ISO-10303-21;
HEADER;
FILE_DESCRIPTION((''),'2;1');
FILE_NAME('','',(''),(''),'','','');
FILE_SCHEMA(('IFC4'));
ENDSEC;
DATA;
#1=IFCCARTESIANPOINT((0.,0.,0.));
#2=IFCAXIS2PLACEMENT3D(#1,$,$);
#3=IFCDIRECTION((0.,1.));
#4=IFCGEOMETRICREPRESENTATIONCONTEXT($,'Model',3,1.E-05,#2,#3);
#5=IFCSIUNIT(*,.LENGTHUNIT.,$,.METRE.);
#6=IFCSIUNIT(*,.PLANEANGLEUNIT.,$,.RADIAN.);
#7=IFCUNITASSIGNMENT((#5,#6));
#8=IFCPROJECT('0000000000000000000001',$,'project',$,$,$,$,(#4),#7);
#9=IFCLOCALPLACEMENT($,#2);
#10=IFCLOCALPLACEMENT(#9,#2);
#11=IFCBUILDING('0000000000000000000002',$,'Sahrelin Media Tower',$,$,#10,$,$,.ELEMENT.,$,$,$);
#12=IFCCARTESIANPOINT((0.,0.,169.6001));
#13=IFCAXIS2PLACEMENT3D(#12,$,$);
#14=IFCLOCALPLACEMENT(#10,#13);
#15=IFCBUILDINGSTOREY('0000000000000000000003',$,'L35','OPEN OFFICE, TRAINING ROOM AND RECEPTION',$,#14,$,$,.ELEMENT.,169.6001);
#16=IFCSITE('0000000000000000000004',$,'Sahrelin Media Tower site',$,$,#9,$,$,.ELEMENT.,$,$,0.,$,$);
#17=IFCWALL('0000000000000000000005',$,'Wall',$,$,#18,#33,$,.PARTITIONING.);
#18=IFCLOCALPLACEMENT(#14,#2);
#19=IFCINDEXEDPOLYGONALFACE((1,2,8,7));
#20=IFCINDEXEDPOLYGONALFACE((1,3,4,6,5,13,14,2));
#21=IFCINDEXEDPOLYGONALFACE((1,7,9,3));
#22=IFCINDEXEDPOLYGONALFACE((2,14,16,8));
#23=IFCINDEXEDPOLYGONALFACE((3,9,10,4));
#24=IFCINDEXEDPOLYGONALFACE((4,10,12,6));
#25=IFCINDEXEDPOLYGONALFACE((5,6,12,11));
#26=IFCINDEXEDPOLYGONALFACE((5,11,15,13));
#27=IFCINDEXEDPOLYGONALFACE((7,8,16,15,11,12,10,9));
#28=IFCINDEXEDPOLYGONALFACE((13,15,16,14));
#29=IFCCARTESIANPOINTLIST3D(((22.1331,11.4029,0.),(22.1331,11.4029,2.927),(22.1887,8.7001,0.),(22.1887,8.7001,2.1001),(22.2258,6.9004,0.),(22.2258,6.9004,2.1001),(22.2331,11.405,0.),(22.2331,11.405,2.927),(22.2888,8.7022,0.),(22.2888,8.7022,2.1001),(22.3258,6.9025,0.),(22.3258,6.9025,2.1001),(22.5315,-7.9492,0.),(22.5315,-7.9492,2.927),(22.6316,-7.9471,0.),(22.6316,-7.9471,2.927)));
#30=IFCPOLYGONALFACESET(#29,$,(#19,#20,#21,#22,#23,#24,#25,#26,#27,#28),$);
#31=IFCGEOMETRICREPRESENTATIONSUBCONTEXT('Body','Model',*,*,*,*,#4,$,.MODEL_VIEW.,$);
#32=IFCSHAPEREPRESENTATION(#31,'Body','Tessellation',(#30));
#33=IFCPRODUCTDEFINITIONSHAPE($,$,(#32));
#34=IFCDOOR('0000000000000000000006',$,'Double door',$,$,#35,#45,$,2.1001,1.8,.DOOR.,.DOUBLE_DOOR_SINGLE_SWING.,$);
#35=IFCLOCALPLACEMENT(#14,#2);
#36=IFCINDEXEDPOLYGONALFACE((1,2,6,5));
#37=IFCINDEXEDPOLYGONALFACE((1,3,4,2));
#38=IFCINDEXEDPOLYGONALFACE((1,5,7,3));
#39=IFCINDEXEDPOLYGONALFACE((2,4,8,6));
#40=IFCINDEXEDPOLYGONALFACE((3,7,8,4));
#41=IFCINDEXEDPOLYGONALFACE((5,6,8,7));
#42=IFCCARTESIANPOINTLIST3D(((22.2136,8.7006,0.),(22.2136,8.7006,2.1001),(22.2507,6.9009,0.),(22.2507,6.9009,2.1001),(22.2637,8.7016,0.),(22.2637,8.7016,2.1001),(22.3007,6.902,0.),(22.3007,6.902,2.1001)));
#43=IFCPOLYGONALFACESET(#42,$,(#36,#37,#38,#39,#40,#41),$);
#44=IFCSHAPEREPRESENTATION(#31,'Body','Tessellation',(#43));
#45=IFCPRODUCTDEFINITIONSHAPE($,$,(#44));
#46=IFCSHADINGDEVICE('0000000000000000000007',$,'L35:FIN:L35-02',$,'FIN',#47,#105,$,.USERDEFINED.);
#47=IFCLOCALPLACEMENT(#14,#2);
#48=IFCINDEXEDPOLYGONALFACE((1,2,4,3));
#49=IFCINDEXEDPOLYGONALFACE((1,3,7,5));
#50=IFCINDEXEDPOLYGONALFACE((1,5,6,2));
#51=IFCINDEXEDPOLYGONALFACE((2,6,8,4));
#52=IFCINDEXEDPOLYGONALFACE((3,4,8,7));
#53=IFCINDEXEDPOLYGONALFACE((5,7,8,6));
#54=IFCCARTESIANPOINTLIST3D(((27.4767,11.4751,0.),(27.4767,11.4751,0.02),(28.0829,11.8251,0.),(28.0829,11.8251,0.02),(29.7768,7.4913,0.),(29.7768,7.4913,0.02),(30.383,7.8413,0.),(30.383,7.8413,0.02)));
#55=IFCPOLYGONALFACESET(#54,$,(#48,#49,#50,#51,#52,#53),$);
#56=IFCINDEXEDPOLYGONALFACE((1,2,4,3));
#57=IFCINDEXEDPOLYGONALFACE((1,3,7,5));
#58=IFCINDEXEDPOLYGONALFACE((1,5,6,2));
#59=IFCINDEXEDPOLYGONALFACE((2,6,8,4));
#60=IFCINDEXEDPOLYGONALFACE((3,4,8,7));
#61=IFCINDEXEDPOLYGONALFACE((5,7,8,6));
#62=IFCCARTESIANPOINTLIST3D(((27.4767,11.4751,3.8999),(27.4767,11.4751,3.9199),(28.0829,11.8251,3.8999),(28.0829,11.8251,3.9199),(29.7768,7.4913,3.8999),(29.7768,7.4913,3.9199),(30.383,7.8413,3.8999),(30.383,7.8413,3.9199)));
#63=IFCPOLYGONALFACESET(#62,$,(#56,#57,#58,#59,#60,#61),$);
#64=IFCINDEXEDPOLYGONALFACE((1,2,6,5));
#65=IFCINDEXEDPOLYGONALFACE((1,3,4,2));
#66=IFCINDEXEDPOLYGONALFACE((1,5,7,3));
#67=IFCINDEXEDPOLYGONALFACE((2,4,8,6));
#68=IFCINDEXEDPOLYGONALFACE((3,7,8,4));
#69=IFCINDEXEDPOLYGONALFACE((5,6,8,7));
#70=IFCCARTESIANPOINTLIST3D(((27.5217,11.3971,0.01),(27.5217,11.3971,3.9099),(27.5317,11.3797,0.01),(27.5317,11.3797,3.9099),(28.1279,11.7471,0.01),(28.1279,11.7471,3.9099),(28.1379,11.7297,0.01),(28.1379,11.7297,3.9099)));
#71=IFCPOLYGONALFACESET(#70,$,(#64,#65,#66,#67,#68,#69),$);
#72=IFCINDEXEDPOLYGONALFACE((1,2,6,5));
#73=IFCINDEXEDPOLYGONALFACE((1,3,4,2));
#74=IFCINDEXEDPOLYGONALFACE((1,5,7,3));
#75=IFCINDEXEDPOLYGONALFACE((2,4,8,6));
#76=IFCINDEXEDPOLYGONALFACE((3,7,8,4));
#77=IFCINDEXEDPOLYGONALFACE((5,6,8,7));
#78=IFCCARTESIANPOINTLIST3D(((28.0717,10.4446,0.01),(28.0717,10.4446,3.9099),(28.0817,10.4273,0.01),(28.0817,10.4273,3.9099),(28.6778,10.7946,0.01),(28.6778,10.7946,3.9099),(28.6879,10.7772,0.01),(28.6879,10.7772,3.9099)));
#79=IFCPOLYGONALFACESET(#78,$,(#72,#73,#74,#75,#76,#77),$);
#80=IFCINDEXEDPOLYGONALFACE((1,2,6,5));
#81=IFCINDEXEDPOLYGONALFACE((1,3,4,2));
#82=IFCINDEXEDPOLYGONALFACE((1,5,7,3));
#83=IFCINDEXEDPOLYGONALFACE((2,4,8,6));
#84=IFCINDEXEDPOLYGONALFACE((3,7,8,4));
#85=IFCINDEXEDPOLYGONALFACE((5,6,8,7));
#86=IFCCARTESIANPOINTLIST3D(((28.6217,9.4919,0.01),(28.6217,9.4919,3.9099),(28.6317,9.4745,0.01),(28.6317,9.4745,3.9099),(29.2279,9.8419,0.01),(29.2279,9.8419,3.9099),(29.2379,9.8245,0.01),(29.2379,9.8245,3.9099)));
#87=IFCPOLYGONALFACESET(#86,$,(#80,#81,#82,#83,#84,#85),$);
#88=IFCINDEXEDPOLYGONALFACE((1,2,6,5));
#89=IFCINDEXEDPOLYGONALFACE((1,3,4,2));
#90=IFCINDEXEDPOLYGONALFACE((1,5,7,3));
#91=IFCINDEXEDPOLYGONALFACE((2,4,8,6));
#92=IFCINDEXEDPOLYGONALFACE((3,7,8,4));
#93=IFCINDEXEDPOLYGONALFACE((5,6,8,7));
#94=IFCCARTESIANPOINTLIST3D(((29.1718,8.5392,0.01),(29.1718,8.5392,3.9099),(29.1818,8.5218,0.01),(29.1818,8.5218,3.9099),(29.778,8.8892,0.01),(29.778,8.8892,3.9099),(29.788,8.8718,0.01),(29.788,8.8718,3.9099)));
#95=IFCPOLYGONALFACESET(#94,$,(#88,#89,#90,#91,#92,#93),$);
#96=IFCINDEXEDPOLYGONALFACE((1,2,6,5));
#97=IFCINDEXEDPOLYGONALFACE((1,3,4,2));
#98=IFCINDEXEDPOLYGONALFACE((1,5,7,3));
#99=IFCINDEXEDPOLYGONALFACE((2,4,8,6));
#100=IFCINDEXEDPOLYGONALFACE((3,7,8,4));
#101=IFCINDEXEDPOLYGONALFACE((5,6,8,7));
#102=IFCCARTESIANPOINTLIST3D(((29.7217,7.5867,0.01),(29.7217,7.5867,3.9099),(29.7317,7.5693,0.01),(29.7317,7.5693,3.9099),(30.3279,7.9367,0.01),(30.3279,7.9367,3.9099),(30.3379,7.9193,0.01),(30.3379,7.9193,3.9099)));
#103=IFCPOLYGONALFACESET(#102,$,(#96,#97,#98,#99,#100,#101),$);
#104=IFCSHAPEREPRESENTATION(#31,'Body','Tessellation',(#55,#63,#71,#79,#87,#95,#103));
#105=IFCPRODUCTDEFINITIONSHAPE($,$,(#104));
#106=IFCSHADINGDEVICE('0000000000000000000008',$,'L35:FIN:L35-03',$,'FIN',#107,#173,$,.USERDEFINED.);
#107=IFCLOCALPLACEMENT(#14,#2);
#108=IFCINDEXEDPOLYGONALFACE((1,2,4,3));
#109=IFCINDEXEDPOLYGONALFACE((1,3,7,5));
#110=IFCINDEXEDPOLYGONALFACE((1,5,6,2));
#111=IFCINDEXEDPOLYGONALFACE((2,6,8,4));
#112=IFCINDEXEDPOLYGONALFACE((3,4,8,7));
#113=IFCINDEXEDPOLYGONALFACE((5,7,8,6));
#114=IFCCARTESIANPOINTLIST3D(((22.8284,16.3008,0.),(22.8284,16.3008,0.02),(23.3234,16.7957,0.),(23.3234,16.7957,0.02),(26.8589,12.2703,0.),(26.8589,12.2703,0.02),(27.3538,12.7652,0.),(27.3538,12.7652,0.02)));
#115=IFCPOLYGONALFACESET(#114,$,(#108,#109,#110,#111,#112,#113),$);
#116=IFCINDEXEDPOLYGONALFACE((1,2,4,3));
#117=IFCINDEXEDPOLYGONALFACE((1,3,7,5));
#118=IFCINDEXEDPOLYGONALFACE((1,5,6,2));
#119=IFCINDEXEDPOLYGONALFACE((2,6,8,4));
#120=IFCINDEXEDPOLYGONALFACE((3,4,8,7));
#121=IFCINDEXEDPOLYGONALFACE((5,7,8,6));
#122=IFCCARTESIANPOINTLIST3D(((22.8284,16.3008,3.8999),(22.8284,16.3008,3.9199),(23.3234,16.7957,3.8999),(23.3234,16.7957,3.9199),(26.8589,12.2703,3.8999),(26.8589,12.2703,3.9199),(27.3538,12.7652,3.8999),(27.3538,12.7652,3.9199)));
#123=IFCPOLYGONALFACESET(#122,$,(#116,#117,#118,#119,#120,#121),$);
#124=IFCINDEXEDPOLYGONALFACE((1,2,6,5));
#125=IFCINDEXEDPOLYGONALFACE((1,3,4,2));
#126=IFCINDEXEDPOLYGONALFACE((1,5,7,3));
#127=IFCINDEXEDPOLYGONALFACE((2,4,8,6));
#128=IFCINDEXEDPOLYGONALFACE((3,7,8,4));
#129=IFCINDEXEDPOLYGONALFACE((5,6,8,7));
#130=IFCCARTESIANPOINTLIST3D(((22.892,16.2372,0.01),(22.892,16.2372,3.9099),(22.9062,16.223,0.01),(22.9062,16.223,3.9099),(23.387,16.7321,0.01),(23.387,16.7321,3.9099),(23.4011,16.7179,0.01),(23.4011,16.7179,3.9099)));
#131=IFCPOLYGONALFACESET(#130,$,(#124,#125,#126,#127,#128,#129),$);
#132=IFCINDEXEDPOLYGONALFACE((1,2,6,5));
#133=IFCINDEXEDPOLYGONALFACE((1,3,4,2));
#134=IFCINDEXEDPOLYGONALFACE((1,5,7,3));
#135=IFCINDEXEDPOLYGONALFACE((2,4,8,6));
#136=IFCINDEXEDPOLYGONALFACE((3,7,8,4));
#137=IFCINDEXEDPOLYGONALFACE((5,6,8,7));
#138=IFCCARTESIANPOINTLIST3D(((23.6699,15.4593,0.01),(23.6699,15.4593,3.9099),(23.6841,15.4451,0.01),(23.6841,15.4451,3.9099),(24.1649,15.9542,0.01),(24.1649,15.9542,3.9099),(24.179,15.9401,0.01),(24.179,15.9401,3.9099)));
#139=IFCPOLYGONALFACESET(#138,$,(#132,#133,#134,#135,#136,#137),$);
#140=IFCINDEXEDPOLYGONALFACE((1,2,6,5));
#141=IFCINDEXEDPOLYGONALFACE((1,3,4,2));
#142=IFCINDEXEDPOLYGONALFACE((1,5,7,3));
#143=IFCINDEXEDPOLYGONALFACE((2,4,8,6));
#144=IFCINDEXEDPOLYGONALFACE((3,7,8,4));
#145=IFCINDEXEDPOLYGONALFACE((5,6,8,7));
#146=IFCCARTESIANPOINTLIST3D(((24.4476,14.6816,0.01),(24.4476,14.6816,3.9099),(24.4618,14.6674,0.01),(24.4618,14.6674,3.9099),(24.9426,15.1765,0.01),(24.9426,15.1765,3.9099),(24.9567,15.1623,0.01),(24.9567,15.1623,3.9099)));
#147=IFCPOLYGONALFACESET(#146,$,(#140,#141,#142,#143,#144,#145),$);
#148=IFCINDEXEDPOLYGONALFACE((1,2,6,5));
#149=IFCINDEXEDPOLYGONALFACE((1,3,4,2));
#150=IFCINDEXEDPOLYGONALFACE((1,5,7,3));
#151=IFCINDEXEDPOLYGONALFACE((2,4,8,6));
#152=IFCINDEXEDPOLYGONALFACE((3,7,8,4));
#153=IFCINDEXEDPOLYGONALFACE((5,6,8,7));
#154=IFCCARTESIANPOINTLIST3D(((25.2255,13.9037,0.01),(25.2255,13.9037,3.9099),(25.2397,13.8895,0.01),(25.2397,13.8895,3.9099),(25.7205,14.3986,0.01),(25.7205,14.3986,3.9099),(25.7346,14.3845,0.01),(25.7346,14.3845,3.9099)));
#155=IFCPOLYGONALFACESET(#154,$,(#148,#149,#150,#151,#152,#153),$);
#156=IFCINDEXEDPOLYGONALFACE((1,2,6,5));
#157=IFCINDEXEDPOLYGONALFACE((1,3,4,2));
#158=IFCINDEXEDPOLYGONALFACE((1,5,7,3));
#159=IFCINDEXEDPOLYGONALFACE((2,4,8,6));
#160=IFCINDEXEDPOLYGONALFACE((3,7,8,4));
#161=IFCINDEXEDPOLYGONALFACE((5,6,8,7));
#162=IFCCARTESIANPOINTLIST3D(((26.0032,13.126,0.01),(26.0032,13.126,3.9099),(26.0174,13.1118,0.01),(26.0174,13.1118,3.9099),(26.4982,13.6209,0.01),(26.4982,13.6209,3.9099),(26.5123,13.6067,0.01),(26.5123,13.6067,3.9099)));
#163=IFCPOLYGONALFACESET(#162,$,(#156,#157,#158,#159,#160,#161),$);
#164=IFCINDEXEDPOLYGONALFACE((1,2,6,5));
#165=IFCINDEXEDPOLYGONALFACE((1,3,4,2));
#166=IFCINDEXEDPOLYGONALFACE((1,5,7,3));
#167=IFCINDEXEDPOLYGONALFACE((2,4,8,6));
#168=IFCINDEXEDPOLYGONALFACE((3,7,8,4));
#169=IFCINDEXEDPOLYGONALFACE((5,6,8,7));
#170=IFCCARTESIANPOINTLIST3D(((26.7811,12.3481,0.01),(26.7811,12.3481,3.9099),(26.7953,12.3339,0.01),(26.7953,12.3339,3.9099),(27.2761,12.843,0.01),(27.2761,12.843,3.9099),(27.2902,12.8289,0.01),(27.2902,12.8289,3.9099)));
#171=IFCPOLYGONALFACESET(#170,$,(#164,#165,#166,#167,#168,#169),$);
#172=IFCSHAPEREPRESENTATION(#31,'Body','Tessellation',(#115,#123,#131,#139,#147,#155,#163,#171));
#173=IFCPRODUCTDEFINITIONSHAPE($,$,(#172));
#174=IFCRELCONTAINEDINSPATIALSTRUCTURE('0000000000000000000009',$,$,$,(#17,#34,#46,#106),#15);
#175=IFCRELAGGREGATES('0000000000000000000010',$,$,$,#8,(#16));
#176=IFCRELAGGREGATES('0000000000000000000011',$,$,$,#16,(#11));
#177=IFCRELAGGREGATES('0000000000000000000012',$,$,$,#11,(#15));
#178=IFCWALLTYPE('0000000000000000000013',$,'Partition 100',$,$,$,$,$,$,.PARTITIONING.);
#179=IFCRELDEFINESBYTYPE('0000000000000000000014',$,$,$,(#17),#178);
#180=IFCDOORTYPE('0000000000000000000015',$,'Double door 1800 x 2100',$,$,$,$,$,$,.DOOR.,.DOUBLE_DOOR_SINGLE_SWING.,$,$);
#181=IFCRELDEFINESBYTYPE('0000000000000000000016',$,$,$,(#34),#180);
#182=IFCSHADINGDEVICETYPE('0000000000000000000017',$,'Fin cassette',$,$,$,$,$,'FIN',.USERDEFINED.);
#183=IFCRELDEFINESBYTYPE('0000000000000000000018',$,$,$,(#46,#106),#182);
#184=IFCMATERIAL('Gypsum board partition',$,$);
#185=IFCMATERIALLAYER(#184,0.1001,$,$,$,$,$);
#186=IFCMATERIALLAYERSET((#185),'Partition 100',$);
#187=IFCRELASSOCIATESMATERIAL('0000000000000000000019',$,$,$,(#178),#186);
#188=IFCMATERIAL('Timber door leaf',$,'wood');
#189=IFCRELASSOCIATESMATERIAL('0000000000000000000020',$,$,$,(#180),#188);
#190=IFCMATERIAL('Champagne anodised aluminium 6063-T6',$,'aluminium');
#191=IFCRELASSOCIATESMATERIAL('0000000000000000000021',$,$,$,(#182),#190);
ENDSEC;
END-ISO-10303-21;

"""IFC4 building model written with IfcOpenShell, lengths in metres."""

from ifc_helpers import new_model, si_unit, direction, frame, frame_2d, origin, origin_2d, place, context, subcontext, project, spatial, rectangle, extrude, material, layer, layer_set, type_object, element, fill, save


model = new_model("IFC4")

# Units and contexts
model_context = context("Model", 3, precision=1e-05, world=origin(), true_north=direction((0.0, 1.0)))
body_context = subcontext(model_context, "Body", "Model", "MODEL_VIEW")
ifc_project = project(units=[si_unit("LENGTHUNIT", "METRE"), si_unit("PLANEANGLEUNIT", "RADIAN")], contexts=[model_context])

# Site, building, storey
site_placement = place(None, origin())
site = spatial("IfcSite", under=ifc_project, at=site_placement, Name="Sahrelin Media Tower site", CompositionType="ELEMENT", RefElevation=0.0)
building_placement = place(site_placement, origin())
building = spatial("IfcBuilding", under=site, at=building_placement, Name="Sahrelin Media Tower", CompositionType="ELEMENT")
storey_placement = place(building_placement, frame((0.0, 0.0, 169.6001)))
storey = spatial("IfcBuildingStorey", under=building, at=storey_placement, Name="L35", Description="OPEN OFFICE, TRAINING ROOM AND RECEPTION", CompositionType="ELEMENT", Elevation=169.6001)

# Shared definitions
ifc_material_1 = material(Name="Champagne anodised aluminium 6063-T6", Category="aluminium")

# Wall, opening, door
ifc_material_2 = material(Name="Gypsum board partition")
ifc_layer_1 = layer(ifc_material_2, 0.1001)
ifc_layer_set_1 = layer_set([ifc_layer_1], Name="Partition 100")
wall_type_1 = type_object("IfcWallType", Name="Partition 100", PredefinedType="PARTITIONING", material=ifc_layer_set_1)
wall_1_placement = place(storey_placement, frame((22.1831, 11.4041, 0.0), z_axis=(0.0, 0.0, 1.0), x_axis=(0.020585, -0.999788, 0.0)))
wall_1 = element("IfcWall", 1, at=wall_1_placement, inside=storey, type_object=wall_type_1, Name="Wall", PredefinedType="PARTITIONING", context=body_context, shape_type="SweptSolid", body=[
    extrude(rectangle(XDim=19.3562, YDim=0.1001, at=frame_2d((9.6782, 0.0))), origin(), (0.0, 0.0, 1.0), 2.927),
])
opening_1_placement = place(wall_1_placement, frame((2.7036, 0.0, 0.0)))
opening_1 = element("IfcOpeningElement", 2, at=opening_1_placement, cuts=wall_1, PredefinedType="OPENING", context=body_context, shape_type="SweptSolid", body=[
    extrude(rectangle(XDim=1.8, YDim=2.1001, at=frame_2d((0.8999, 1.05))), frame((0.0, 0.05, 0.0), z_axis=(0.0, -1.0, 0.0), x_axis=(1.0, 0.0, 0.0)), (0.0, 0.0, 1.0), 0.1001),
])
ifc_material_3 = material(Name="Timber door leaf", Category="wood")
door_type_1 = type_object("IfcDoorType", Name="Double door 1800 x 2100", OperationType="DOUBLE_DOOR_SINGLE_SWING", PredefinedType="DOOR", material=ifc_material_3)
door_1_placement = place(opening_1_placement, origin())
door_1 = element("IfcDoor", 3, at=door_1_placement, inside=storey, type_object=door_type_1, Name="Double door", OperationType="DOUBLE_DOOR_SINGLE_SWING", OverallHeight=2.1001, OverallWidth=1.8, PredefinedType="DOOR", context=body_context, shape_type="SweptSolid", body=[
    extrude(rectangle(XDim=1.8, YDim=2.1001, at=frame_2d((0.8999, 1.05))), frame((0.0, 0.0249, 0.0), z_axis=(0.0, -1.0, 0.0), x_axis=(1.0, 0.0, 0.0)), (0.0, 0.0, 1.0), 0.05),
])
fill(opening_1, door_1)

# Shading devices
shading_device_type_1 = type_object("IfcShadingDeviceType", Name="Fin cassette", ElementType="FIN", PredefinedType="USERDEFINED", material=ifc_material_1)
shading_device_1_placement = place(storey_placement, frame((28.5662, 9.4482, 0.0), z_axis=(0.0, 0.0, 1.0), x_axis=(0.500011, -0.866019, 0.0)))
element("IfcShadingDevice", 4, at=shading_device_1_placement, inside=storey, type_object=shading_device_type_1, Name="L35:FIN:L35-02", ObjectType="FIN", PredefinedType="USERDEFINED", context=body_context, shape_type="SweptSolid", body=[
    extrude(rectangle(XDim=4.6001, YDim=0.7, at=origin_2d()), frame((0.0, 0.4199, 0.0)), (0.0, 0.0, 1.0), 0.02),
    extrude(rectangle(XDim=4.6001, YDim=0.7, at=origin_2d()), frame((0.0, 0.4199, 3.8999)), (0.0, 0.0, 1.0), 0.02),
    extrude(rectangle(XDim=0.02, YDim=0.7, at=origin_2d()), frame((-2.2, 0.4199, 0.01), z_axis=(0.0, 0.0, 1.0), x_axis=(1.0, 0.0, 0.0)), (0.0, 0.0, 1.0), 3.8999),
    extrude(rectangle(XDim=0.02, YDim=0.7, at=origin_2d()), frame((-1.1001, 0.4199, 0.01), z_axis=(0.0, 0.0, 1.0), x_axis=(1.0, 0.0, 0.0)), (0.0, 0.0, 1.0), 3.8999),
    extrude(rectangle(XDim=0.02, YDim=0.7, at=origin_2d()), frame((0.0, 0.4199, 0.01), z_axis=(0.0, 0.0, 1.0), x_axis=(1.0, 0.0, 0.0)), (0.0, 0.0, 1.0), 3.8999),
    extrude(rectangle(XDim=0.02, YDim=0.7, at=origin_2d()), frame((1.1001, 0.4199, 0.01), z_axis=(0.0, 0.0, 1.0), x_axis=(1.0, 0.0, 0.0)), (0.0, 0.0, 1.0), 3.8999),
    extrude(rectangle(XDim=0.02, YDim=0.7, at=origin_2d()), frame((2.2, 0.4199, 0.01), z_axis=(0.0, 0.0, 1.0), x_axis=(1.0, 0.0, 0.0)), (0.0, 0.0, 1.0), 3.8999),
])
placement_1 = place(storey_placement, frame((24.7942, 14.2361, 0.0), z_axis=(0.0, 0.0, 1.0), x_axis=(0.707107, -0.707107, 0.0)))
element("IfcShadingDevice", 5, at=placement_1, inside=storey, type_object=shading_device_type_1, Name="L35:FIN:L35-03", ObjectType="FIN", PredefinedType="USERDEFINED", context=body_context, shape_type="SweptSolid", body=[
    extrude(rectangle(XDim=5.7, YDim=0.7, at=origin_2d()), frame((0.0, 0.4199, 0.0)), (0.0, 0.0, 1.0), 0.02),
    extrude(rectangle(XDim=5.7, YDim=0.7, at=origin_2d()), frame((0.0, 0.4199, 3.8999)), (0.0, 0.0, 1.0), 0.02),
    extrude(rectangle(XDim=0.02, YDim=0.7, at=origin_2d()), frame((-2.75, 0.4199, 0.01), z_axis=(0.0, 0.0, 1.0), x_axis=(1.0, 0.0, 0.0)), (0.0, 0.0, 1.0), 3.8999),
    extrude(rectangle(XDim=0.02, YDim=0.7, at=origin_2d()), frame((-1.6499, 0.4199, 0.01), z_axis=(0.0, 0.0, 1.0), x_axis=(1.0, 0.0, 0.0)), (0.0, 0.0, 1.0), 3.8999),
    extrude(rectangle(XDim=0.02, YDim=0.7, at=origin_2d()), frame((-0.55, 0.4199, 0.01), z_axis=(0.0, 0.0, 1.0), x_axis=(1.0, 0.0, 0.0)), (0.0, 0.0, 1.0), 3.8999),
    extrude(rectangle(XDim=0.02, YDim=0.7, at=origin_2d()), frame((0.55, 0.4199, 0.01), z_axis=(0.0, 0.0, 1.0), x_axis=(1.0, 0.0, 0.0)), (0.0, 0.0, 1.0), 3.8999),
    extrude(rectangle(XDim=0.02, YDim=0.7, at=origin_2d()), frame((1.6499, 0.4199, 0.01), z_axis=(0.0, 0.0, 1.0), x_axis=(1.0, 0.0, 0.0)), (0.0, 0.0, 1.0), 3.8999),
    extrude(rectangle(XDim=0.02, YDim=0.7, at=origin_2d()), frame((2.75, 0.4199, 0.01), z_axis=(0.0, 0.0, 1.0), x_axis=(1.0, 0.0, 0.0)), (0.0, 0.0, 1.0), 3.8999),
])

save(model, "model.ifc")
